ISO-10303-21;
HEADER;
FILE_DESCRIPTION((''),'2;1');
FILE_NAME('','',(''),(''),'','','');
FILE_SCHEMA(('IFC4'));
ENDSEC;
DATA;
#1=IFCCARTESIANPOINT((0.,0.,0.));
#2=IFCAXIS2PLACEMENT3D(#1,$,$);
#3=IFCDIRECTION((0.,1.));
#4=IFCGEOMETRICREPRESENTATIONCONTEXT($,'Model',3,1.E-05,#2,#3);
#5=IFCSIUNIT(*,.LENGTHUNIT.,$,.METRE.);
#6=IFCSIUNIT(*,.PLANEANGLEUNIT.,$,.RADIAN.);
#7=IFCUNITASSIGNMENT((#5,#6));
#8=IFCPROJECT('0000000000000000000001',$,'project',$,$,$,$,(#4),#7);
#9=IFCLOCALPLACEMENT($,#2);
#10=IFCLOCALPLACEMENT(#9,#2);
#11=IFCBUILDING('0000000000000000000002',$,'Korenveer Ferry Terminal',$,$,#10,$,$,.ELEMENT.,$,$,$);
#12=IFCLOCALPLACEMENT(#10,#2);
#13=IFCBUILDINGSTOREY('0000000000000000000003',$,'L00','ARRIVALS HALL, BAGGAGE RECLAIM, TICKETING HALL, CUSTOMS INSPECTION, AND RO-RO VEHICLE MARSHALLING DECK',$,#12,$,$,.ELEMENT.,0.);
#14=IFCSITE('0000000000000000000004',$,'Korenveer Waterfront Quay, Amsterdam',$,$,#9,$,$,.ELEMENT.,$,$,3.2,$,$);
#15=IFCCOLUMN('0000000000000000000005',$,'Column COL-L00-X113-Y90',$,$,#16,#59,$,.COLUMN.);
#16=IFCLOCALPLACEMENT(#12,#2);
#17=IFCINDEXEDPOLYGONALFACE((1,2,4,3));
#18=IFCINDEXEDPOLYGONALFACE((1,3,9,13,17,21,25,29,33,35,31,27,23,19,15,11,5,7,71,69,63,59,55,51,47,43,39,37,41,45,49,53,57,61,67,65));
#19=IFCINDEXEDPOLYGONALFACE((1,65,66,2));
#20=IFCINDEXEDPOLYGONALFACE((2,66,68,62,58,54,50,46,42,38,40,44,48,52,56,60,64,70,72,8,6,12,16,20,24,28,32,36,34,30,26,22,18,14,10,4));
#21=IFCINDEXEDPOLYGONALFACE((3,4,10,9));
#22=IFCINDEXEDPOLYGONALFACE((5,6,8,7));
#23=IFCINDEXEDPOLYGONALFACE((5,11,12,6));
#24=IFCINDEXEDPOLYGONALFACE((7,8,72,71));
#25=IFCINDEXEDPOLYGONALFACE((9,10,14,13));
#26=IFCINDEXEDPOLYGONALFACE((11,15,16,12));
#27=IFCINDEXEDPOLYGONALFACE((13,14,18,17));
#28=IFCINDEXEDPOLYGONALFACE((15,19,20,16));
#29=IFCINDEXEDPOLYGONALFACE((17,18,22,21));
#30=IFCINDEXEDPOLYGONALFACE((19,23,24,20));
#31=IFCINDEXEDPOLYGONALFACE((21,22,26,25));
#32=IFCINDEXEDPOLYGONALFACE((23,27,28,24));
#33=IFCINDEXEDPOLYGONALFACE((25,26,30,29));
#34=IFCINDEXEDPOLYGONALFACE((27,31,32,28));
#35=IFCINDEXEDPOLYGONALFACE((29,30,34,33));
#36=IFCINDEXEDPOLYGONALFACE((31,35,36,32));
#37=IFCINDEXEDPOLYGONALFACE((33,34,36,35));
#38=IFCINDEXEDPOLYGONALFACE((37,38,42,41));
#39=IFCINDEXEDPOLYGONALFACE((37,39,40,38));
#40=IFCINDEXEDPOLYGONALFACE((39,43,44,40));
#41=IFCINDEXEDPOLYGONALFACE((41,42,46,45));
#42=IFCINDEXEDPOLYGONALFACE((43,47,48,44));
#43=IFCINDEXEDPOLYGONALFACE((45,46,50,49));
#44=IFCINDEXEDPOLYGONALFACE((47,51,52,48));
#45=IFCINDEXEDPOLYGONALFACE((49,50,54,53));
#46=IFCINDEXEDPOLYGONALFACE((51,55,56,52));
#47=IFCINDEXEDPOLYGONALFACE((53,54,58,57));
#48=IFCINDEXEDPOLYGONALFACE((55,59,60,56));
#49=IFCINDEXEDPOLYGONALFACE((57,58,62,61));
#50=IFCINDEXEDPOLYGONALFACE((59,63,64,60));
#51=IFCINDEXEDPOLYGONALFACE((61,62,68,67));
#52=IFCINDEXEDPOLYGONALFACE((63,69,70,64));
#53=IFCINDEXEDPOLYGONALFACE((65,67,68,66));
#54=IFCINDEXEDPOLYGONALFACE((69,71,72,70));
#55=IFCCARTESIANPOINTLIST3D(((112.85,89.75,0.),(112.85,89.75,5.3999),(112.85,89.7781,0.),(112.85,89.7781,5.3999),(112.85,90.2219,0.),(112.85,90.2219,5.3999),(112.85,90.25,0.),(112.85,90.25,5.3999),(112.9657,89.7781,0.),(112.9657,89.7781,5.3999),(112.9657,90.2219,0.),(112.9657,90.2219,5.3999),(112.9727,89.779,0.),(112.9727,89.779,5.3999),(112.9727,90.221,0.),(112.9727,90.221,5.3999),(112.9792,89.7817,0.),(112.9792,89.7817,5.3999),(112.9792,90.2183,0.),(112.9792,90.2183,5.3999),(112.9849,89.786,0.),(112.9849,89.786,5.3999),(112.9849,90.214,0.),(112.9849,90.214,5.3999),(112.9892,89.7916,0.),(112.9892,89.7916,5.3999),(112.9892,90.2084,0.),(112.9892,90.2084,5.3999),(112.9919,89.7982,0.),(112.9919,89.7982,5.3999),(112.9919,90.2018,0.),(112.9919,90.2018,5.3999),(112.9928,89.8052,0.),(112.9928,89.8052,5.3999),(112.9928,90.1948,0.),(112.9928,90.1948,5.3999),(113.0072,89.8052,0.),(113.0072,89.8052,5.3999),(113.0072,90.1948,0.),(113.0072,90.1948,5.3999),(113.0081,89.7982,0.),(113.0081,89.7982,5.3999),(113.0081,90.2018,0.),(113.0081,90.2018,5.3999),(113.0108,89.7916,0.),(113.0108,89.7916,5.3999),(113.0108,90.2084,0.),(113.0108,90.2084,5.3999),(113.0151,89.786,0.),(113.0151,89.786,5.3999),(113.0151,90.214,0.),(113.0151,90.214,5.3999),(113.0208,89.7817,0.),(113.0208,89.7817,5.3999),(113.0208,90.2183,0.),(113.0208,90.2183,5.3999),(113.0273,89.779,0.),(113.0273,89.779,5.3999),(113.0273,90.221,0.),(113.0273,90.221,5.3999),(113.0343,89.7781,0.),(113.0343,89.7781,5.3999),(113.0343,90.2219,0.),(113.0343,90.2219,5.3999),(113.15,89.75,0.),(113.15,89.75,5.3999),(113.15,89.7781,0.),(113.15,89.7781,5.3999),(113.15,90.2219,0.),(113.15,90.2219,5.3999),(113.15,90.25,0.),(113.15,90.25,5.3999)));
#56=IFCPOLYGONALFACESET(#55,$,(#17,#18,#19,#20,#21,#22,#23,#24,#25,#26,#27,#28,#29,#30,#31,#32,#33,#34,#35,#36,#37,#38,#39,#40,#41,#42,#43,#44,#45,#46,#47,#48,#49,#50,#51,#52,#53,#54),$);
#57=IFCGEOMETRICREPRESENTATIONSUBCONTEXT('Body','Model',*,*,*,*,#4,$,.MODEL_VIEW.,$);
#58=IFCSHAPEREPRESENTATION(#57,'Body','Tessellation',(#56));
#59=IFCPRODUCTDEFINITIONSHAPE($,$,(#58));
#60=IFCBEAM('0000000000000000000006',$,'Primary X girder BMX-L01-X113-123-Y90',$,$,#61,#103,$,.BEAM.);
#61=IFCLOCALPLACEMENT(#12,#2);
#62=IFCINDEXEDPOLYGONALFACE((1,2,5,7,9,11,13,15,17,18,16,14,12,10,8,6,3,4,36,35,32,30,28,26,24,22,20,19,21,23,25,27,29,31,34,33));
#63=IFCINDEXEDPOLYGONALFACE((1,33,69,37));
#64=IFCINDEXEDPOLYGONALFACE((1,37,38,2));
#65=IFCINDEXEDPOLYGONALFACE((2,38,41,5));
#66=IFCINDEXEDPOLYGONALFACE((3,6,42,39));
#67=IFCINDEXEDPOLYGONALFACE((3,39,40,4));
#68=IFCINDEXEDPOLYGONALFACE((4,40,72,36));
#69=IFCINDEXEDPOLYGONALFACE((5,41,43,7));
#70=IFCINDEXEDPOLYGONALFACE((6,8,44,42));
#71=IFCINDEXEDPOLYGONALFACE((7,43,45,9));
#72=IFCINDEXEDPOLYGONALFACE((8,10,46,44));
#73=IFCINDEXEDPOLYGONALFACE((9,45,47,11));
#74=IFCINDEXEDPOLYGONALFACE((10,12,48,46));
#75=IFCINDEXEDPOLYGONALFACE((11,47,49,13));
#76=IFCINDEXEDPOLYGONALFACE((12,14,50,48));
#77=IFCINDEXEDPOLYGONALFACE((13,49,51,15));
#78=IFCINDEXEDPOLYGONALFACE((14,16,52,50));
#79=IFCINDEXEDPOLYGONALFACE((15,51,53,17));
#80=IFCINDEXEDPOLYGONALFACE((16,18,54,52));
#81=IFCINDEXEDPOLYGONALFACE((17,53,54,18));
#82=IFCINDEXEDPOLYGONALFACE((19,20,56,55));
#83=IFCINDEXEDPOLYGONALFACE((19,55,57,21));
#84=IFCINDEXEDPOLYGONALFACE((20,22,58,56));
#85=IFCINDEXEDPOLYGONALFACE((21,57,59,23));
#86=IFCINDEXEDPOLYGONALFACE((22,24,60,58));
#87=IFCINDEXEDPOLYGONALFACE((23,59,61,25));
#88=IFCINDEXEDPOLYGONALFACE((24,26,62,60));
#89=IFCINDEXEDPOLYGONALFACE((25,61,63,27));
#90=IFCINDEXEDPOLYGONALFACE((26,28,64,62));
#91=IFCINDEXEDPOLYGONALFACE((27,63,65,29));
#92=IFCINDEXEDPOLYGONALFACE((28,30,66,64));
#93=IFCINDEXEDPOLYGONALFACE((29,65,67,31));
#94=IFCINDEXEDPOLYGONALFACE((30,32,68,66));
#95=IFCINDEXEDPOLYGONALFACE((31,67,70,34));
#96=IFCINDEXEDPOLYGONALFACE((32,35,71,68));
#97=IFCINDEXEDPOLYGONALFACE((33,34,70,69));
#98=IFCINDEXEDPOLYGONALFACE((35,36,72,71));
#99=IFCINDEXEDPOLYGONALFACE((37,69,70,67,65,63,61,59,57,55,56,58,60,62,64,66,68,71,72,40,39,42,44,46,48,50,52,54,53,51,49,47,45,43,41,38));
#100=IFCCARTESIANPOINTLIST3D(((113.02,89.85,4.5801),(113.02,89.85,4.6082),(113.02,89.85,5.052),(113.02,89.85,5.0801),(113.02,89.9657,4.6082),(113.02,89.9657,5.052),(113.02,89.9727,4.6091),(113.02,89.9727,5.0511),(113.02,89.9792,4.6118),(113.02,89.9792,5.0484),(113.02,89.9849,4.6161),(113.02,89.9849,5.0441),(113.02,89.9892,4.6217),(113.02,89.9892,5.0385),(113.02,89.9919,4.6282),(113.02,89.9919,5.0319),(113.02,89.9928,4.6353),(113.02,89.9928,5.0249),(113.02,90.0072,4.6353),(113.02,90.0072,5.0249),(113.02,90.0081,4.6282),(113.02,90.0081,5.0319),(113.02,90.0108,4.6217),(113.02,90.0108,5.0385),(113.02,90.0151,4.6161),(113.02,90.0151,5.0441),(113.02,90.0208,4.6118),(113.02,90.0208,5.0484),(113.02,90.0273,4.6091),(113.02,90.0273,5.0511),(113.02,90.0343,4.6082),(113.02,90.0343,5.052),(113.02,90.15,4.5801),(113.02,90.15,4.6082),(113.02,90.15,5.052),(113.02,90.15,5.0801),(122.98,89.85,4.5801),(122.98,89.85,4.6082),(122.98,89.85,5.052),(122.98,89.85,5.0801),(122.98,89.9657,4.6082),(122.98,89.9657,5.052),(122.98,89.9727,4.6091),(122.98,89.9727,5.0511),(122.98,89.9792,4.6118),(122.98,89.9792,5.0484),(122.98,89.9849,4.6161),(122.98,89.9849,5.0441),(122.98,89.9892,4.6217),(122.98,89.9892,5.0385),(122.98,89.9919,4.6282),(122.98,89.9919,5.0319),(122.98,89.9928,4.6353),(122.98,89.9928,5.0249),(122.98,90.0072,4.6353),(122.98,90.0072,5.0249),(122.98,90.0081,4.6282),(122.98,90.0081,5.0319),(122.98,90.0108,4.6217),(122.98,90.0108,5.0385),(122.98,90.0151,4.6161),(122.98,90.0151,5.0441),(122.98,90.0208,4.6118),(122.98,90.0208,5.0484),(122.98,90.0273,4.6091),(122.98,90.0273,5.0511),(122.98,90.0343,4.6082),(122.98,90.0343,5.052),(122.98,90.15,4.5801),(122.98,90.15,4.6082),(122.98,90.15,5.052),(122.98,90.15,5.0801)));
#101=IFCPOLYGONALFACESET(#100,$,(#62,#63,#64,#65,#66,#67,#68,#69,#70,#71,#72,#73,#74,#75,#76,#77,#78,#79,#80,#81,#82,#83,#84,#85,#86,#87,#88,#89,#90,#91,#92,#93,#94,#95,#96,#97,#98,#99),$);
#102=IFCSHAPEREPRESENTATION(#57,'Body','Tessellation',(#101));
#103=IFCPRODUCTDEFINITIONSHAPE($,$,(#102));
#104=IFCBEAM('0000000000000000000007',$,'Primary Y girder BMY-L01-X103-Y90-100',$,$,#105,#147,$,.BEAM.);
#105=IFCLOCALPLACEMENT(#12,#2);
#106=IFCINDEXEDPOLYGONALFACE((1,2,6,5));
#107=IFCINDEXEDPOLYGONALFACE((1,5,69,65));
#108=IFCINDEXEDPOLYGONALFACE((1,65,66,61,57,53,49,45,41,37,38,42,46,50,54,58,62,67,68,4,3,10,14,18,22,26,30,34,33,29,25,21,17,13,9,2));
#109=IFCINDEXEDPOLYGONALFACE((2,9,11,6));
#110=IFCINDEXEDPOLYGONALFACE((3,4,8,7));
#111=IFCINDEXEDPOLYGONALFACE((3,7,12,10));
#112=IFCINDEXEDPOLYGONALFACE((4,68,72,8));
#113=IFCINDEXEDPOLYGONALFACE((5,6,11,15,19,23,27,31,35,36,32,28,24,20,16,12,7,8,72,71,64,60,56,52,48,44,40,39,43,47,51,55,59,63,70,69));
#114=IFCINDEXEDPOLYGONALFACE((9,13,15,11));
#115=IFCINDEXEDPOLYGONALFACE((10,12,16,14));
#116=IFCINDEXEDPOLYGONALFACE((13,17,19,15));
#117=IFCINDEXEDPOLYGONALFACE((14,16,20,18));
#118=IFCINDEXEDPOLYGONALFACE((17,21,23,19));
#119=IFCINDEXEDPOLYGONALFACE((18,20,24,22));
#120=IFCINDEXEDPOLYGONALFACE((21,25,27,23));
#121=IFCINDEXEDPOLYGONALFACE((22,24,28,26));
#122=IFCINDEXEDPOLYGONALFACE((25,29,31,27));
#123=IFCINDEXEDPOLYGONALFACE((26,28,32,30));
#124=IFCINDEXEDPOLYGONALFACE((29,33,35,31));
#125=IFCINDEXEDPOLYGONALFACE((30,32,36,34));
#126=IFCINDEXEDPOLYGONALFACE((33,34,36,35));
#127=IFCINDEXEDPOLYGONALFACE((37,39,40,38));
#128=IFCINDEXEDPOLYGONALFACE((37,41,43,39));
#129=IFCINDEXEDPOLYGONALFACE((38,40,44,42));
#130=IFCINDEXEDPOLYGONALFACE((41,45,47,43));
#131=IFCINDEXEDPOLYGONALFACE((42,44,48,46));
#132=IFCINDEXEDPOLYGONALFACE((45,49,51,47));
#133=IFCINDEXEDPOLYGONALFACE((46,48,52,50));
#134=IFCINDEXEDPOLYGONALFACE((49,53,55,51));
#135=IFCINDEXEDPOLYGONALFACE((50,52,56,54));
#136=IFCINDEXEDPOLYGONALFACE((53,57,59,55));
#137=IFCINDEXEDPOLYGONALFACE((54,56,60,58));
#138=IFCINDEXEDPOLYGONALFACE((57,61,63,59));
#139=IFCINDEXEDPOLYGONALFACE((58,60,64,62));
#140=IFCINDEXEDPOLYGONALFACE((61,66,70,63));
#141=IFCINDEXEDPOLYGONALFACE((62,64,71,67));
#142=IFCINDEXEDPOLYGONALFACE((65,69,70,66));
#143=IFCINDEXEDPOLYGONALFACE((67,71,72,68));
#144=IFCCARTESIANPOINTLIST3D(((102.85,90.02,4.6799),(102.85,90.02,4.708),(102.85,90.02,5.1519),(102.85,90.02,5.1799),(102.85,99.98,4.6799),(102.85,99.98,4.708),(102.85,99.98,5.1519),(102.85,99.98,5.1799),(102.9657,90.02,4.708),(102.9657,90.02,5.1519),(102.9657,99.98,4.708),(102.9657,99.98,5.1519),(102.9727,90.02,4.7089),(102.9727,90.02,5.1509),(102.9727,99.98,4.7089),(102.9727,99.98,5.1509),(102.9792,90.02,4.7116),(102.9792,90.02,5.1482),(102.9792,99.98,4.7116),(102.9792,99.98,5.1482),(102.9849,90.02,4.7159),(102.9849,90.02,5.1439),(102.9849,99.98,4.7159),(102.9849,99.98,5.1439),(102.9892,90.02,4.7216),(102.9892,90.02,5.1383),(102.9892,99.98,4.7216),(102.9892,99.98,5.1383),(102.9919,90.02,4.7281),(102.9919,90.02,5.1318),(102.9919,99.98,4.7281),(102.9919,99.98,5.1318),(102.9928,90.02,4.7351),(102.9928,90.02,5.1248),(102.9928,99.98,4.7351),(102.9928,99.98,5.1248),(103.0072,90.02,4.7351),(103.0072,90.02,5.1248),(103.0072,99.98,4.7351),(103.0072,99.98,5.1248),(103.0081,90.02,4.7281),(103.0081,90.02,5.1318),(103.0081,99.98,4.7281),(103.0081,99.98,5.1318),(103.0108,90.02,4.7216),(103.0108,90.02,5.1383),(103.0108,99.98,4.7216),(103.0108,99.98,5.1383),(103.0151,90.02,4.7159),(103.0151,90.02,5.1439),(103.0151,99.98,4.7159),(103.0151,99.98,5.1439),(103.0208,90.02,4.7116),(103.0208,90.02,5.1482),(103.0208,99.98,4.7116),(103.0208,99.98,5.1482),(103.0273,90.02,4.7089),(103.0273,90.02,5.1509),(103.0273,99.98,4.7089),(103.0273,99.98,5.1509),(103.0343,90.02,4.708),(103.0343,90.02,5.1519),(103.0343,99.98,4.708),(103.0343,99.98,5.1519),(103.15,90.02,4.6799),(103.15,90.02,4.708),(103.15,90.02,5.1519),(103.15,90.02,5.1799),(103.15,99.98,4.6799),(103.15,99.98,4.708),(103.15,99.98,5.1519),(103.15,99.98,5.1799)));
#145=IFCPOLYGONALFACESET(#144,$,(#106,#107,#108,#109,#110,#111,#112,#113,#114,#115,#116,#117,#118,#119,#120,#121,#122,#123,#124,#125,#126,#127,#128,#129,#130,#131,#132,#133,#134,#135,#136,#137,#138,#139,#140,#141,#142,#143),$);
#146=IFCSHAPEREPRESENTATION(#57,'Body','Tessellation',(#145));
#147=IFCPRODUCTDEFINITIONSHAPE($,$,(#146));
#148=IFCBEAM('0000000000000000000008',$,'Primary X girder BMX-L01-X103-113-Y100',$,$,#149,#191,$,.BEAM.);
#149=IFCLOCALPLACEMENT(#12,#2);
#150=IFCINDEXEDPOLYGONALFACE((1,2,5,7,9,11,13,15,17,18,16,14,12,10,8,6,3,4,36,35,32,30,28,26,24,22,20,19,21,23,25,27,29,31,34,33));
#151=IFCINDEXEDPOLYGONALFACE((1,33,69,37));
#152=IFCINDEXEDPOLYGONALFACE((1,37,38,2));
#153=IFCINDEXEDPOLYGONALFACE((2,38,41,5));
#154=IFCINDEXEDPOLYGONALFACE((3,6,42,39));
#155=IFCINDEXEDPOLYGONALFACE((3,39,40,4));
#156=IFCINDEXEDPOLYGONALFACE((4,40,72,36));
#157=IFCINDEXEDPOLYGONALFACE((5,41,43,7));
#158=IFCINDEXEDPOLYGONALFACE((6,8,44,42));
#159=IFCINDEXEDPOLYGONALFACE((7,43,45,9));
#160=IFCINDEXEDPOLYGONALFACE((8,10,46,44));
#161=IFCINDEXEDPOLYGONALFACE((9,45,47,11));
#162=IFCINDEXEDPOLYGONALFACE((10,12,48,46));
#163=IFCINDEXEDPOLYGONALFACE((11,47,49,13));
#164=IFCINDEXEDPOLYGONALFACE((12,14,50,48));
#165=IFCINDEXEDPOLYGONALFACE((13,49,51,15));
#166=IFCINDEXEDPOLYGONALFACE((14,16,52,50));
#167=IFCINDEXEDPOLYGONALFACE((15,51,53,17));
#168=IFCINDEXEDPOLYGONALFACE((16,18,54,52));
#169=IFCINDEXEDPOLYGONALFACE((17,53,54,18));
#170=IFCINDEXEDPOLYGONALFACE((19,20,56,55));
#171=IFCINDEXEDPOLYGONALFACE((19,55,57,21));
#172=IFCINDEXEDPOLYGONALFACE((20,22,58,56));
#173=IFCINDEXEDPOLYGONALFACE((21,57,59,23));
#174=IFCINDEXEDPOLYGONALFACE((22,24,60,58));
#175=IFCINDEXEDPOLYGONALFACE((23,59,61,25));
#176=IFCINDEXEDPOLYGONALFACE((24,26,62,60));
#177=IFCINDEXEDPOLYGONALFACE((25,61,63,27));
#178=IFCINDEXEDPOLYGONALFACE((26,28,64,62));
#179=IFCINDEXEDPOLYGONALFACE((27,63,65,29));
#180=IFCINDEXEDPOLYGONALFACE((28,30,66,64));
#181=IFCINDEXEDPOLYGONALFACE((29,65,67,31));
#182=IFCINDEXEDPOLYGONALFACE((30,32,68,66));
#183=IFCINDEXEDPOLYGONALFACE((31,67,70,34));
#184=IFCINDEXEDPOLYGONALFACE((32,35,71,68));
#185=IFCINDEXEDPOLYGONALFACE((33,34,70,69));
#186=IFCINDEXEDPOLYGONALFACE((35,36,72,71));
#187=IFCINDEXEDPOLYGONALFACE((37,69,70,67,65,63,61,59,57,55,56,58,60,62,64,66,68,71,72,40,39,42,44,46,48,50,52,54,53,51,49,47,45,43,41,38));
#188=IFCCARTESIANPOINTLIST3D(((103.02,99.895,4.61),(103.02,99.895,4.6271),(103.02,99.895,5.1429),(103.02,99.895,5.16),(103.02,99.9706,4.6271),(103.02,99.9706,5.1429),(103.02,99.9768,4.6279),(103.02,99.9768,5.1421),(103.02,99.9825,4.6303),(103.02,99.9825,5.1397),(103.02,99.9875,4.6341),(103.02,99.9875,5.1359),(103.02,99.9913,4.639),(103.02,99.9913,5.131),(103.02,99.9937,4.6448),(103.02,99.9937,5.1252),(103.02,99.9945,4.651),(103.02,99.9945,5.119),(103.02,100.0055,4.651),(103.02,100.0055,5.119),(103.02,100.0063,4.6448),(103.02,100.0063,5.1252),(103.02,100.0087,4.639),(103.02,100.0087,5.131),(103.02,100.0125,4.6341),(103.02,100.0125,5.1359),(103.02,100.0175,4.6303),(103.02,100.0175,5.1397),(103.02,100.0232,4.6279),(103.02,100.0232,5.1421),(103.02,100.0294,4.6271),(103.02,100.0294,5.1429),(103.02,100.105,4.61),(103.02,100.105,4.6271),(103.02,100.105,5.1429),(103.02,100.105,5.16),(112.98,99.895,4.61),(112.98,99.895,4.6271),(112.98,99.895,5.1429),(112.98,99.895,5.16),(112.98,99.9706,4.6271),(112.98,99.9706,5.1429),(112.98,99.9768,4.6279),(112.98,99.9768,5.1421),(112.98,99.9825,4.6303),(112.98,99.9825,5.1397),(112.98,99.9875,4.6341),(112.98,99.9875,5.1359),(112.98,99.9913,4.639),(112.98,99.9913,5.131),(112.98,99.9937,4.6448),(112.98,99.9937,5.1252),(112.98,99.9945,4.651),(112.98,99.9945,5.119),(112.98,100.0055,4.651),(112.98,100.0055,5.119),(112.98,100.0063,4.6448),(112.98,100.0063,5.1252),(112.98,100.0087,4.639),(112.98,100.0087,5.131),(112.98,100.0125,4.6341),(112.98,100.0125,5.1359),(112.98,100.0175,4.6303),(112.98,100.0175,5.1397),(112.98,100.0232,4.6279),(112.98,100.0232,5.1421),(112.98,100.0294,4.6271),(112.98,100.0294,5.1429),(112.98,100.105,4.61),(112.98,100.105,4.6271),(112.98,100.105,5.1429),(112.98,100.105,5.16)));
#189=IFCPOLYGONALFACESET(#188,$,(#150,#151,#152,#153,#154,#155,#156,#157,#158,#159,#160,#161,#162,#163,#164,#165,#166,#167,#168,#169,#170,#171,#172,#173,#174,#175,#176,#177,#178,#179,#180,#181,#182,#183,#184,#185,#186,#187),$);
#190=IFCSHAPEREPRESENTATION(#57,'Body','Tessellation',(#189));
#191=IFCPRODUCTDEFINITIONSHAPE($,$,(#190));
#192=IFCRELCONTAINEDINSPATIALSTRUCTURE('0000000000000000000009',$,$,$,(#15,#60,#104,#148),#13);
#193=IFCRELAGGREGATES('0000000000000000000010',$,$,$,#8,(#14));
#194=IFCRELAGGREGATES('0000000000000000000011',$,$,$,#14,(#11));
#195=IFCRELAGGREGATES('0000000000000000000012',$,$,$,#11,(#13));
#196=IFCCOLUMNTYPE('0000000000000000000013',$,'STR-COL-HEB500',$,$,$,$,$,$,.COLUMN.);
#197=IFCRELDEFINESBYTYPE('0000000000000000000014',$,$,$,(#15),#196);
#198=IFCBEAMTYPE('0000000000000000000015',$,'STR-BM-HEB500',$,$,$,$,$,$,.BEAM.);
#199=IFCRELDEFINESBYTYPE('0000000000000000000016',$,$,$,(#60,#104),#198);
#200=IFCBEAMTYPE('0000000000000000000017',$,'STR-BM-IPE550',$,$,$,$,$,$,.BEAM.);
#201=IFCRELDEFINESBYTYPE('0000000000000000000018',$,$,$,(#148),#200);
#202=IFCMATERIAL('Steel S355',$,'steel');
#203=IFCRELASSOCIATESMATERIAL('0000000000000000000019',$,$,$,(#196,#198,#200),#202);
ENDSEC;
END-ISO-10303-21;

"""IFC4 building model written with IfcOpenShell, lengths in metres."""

from ifc_helpers import new_model, si_unit, direction, frame, origin, origin_2d, place, context, subcontext, project, spatial, i_section, extrude, material, material_profile, profile_set, type_object, element, save


model = new_model("IFC4")

# Units and contexts
model_context = context("Model", 3, precision=1e-05, world=origin(), true_north=direction((0.0, 1.0)))
body_context = subcontext(model_context, "Body", "Model", "MODEL_VIEW")
ifc_project = project(units=[si_unit("LENGTHUNIT", "METRE"), si_unit("PLANEANGLEUNIT", "RADIAN")], contexts=[model_context])

# Site, building, storey
site_placement = place(None, origin())
site = spatial("IfcSite", under=ifc_project, at=site_placement, Name="Korenveer Waterfront Quay, Amsterdam", CompositionType="ELEMENT", RefElevation=3.2)
building_placement = place(site_placement, origin())
building = spatial("IfcBuilding", under=site, at=building_placement, Name="Korenveer Ferry Terminal", CompositionType="ELEMENT")
storey_placement = place(building_placement, origin())
storey = spatial("IfcBuildingStorey", under=building, at=storey_placement, Name="L00", Description="ARRIVALS HALL, BAGGAGE RECLAIM, TICKETING HALL, CUSTOMS INSPECTION, AND RO-RO VEHICLE MARSHALLING DECK", CompositionType="ELEMENT", Elevation=0.0)

# Column
ifc_material_1 = material(Name="Steel S355", Category="steel")
ifc_material_profile_1 = material_profile(ifc_material_1, i_section(OverallWidth=0.3, OverallDepth=0.5, WebThickness=0.0144, FlangeThickness=0.0281, FilletRadius=0.0271, at=origin_2d()), Name="HEB 500")
ifc_profile_set_1 = profile_set([ifc_material_profile_1], Name="Steel S355")
column_type = type_object("IfcColumnType", Name="STR-COL-HEB500", PredefinedType="COLUMN", material=ifc_profile_set_1)
for number, where, z_axis, x_axis, name in (
    (1, (113.0, 90.0, 0.0), (0.0, 0.0, 1.0), (1.0, 0.0, 0.0), "Column COL-L00-X113-Y90"),
):
    element("IfcColumn", number, at=place(storey_placement, frame(where, z_axis=z_axis, x_axis=x_axis)), inside=storey, type_object=column_type, Name=name, PredefinedType="COLUMN", context=body_context, shape_type="SweptSolid", body=[
        extrude(i_section(OverallWidth=0.3, OverallDepth=0.5, WebThickness=0.0144, FlangeThickness=0.0281, FilletRadius=0.0271, at=origin_2d()), origin(), (0.0, 0.0, 1.0), 5.3999),
    ])

# Beams
ifc_material_profile_2 = material_profile(ifc_material_1, i_section(OverallWidth=0.3, OverallDepth=0.5, WebThickness=0.0144, FlangeThickness=0.0281, FilletRadius=0.0271, at=origin_2d()), Name="HEB 500")
ifc_profile_set_2 = profile_set([ifc_material_profile_2], Name="Steel S355")
beam_type_1 = type_object("IfcBeamType", Name="STR-BM-HEB500", PredefinedType="BEAM", material=ifc_profile_set_2)
for number, where, z_axis, x_axis, name in (
    (2, (113.02, 90.0, 4.8301), (1.0, 0.0, 0.0), (0.0, 1.0, 0.0), "Primary X girder BMX-L01-X113-123-Y90"),
    (3, (103.0, 90.02, 4.9299), (0.0, 1.0, 0.0), (-1.0, 0.0, 0.0), "Primary Y girder BMY-L01-X103-Y90-100"),
):
    element("IfcBeam", number, at=place(storey_placement, frame(where, z_axis=z_axis, x_axis=x_axis)), inside=storey, type_object=beam_type_1, Name=name, PredefinedType="BEAM", context=body_context, shape_type="SweptSolid", body=[
        extrude(i_section(OverallWidth=0.3, OverallDepth=0.5, WebThickness=0.0144, FlangeThickness=0.0281, FilletRadius=0.0271, at=origin_2d()), origin(), (0.0, 0.0, 1.0), 9.96),
    ])
ifc_material_profile_3 = material_profile(ifc_material_1, i_section(OverallWidth=0.21, OverallDepth=0.55, WebThickness=0.011, FlangeThickness=0.0171, FilletRadius=0.0239, at=origin_2d()), Name="IPE 550")
ifc_profile_set_3 = profile_set([ifc_material_profile_3], Name="Steel S355")
beam_type_2 = type_object("IfcBeamType", Name="STR-BM-IPE550", PredefinedType="BEAM", material=ifc_profile_set_3)
beam_1_placement = place(storey_placement, frame((103.02, 100.0, 4.885), z_axis=(1.0, 0.0, 0.0), x_axis=(0.0, 1.0, 0.0)))
element("IfcBeam", 4, at=beam_1_placement, inside=storey, type_object=beam_type_2, Name="Primary X girder BMX-L01-X103-113-Y100", PredefinedType="BEAM", context=body_context, shape_type="SweptSolid", body=[
    extrude(i_section(OverallWidth=0.21, OverallDepth=0.55, WebThickness=0.011, FlangeThickness=0.0171, FilletRadius=0.0239, at=origin_2d()), origin(), (0.0, 0.0, 1.0), 9.96),
])

save(model, "model.ifc")
